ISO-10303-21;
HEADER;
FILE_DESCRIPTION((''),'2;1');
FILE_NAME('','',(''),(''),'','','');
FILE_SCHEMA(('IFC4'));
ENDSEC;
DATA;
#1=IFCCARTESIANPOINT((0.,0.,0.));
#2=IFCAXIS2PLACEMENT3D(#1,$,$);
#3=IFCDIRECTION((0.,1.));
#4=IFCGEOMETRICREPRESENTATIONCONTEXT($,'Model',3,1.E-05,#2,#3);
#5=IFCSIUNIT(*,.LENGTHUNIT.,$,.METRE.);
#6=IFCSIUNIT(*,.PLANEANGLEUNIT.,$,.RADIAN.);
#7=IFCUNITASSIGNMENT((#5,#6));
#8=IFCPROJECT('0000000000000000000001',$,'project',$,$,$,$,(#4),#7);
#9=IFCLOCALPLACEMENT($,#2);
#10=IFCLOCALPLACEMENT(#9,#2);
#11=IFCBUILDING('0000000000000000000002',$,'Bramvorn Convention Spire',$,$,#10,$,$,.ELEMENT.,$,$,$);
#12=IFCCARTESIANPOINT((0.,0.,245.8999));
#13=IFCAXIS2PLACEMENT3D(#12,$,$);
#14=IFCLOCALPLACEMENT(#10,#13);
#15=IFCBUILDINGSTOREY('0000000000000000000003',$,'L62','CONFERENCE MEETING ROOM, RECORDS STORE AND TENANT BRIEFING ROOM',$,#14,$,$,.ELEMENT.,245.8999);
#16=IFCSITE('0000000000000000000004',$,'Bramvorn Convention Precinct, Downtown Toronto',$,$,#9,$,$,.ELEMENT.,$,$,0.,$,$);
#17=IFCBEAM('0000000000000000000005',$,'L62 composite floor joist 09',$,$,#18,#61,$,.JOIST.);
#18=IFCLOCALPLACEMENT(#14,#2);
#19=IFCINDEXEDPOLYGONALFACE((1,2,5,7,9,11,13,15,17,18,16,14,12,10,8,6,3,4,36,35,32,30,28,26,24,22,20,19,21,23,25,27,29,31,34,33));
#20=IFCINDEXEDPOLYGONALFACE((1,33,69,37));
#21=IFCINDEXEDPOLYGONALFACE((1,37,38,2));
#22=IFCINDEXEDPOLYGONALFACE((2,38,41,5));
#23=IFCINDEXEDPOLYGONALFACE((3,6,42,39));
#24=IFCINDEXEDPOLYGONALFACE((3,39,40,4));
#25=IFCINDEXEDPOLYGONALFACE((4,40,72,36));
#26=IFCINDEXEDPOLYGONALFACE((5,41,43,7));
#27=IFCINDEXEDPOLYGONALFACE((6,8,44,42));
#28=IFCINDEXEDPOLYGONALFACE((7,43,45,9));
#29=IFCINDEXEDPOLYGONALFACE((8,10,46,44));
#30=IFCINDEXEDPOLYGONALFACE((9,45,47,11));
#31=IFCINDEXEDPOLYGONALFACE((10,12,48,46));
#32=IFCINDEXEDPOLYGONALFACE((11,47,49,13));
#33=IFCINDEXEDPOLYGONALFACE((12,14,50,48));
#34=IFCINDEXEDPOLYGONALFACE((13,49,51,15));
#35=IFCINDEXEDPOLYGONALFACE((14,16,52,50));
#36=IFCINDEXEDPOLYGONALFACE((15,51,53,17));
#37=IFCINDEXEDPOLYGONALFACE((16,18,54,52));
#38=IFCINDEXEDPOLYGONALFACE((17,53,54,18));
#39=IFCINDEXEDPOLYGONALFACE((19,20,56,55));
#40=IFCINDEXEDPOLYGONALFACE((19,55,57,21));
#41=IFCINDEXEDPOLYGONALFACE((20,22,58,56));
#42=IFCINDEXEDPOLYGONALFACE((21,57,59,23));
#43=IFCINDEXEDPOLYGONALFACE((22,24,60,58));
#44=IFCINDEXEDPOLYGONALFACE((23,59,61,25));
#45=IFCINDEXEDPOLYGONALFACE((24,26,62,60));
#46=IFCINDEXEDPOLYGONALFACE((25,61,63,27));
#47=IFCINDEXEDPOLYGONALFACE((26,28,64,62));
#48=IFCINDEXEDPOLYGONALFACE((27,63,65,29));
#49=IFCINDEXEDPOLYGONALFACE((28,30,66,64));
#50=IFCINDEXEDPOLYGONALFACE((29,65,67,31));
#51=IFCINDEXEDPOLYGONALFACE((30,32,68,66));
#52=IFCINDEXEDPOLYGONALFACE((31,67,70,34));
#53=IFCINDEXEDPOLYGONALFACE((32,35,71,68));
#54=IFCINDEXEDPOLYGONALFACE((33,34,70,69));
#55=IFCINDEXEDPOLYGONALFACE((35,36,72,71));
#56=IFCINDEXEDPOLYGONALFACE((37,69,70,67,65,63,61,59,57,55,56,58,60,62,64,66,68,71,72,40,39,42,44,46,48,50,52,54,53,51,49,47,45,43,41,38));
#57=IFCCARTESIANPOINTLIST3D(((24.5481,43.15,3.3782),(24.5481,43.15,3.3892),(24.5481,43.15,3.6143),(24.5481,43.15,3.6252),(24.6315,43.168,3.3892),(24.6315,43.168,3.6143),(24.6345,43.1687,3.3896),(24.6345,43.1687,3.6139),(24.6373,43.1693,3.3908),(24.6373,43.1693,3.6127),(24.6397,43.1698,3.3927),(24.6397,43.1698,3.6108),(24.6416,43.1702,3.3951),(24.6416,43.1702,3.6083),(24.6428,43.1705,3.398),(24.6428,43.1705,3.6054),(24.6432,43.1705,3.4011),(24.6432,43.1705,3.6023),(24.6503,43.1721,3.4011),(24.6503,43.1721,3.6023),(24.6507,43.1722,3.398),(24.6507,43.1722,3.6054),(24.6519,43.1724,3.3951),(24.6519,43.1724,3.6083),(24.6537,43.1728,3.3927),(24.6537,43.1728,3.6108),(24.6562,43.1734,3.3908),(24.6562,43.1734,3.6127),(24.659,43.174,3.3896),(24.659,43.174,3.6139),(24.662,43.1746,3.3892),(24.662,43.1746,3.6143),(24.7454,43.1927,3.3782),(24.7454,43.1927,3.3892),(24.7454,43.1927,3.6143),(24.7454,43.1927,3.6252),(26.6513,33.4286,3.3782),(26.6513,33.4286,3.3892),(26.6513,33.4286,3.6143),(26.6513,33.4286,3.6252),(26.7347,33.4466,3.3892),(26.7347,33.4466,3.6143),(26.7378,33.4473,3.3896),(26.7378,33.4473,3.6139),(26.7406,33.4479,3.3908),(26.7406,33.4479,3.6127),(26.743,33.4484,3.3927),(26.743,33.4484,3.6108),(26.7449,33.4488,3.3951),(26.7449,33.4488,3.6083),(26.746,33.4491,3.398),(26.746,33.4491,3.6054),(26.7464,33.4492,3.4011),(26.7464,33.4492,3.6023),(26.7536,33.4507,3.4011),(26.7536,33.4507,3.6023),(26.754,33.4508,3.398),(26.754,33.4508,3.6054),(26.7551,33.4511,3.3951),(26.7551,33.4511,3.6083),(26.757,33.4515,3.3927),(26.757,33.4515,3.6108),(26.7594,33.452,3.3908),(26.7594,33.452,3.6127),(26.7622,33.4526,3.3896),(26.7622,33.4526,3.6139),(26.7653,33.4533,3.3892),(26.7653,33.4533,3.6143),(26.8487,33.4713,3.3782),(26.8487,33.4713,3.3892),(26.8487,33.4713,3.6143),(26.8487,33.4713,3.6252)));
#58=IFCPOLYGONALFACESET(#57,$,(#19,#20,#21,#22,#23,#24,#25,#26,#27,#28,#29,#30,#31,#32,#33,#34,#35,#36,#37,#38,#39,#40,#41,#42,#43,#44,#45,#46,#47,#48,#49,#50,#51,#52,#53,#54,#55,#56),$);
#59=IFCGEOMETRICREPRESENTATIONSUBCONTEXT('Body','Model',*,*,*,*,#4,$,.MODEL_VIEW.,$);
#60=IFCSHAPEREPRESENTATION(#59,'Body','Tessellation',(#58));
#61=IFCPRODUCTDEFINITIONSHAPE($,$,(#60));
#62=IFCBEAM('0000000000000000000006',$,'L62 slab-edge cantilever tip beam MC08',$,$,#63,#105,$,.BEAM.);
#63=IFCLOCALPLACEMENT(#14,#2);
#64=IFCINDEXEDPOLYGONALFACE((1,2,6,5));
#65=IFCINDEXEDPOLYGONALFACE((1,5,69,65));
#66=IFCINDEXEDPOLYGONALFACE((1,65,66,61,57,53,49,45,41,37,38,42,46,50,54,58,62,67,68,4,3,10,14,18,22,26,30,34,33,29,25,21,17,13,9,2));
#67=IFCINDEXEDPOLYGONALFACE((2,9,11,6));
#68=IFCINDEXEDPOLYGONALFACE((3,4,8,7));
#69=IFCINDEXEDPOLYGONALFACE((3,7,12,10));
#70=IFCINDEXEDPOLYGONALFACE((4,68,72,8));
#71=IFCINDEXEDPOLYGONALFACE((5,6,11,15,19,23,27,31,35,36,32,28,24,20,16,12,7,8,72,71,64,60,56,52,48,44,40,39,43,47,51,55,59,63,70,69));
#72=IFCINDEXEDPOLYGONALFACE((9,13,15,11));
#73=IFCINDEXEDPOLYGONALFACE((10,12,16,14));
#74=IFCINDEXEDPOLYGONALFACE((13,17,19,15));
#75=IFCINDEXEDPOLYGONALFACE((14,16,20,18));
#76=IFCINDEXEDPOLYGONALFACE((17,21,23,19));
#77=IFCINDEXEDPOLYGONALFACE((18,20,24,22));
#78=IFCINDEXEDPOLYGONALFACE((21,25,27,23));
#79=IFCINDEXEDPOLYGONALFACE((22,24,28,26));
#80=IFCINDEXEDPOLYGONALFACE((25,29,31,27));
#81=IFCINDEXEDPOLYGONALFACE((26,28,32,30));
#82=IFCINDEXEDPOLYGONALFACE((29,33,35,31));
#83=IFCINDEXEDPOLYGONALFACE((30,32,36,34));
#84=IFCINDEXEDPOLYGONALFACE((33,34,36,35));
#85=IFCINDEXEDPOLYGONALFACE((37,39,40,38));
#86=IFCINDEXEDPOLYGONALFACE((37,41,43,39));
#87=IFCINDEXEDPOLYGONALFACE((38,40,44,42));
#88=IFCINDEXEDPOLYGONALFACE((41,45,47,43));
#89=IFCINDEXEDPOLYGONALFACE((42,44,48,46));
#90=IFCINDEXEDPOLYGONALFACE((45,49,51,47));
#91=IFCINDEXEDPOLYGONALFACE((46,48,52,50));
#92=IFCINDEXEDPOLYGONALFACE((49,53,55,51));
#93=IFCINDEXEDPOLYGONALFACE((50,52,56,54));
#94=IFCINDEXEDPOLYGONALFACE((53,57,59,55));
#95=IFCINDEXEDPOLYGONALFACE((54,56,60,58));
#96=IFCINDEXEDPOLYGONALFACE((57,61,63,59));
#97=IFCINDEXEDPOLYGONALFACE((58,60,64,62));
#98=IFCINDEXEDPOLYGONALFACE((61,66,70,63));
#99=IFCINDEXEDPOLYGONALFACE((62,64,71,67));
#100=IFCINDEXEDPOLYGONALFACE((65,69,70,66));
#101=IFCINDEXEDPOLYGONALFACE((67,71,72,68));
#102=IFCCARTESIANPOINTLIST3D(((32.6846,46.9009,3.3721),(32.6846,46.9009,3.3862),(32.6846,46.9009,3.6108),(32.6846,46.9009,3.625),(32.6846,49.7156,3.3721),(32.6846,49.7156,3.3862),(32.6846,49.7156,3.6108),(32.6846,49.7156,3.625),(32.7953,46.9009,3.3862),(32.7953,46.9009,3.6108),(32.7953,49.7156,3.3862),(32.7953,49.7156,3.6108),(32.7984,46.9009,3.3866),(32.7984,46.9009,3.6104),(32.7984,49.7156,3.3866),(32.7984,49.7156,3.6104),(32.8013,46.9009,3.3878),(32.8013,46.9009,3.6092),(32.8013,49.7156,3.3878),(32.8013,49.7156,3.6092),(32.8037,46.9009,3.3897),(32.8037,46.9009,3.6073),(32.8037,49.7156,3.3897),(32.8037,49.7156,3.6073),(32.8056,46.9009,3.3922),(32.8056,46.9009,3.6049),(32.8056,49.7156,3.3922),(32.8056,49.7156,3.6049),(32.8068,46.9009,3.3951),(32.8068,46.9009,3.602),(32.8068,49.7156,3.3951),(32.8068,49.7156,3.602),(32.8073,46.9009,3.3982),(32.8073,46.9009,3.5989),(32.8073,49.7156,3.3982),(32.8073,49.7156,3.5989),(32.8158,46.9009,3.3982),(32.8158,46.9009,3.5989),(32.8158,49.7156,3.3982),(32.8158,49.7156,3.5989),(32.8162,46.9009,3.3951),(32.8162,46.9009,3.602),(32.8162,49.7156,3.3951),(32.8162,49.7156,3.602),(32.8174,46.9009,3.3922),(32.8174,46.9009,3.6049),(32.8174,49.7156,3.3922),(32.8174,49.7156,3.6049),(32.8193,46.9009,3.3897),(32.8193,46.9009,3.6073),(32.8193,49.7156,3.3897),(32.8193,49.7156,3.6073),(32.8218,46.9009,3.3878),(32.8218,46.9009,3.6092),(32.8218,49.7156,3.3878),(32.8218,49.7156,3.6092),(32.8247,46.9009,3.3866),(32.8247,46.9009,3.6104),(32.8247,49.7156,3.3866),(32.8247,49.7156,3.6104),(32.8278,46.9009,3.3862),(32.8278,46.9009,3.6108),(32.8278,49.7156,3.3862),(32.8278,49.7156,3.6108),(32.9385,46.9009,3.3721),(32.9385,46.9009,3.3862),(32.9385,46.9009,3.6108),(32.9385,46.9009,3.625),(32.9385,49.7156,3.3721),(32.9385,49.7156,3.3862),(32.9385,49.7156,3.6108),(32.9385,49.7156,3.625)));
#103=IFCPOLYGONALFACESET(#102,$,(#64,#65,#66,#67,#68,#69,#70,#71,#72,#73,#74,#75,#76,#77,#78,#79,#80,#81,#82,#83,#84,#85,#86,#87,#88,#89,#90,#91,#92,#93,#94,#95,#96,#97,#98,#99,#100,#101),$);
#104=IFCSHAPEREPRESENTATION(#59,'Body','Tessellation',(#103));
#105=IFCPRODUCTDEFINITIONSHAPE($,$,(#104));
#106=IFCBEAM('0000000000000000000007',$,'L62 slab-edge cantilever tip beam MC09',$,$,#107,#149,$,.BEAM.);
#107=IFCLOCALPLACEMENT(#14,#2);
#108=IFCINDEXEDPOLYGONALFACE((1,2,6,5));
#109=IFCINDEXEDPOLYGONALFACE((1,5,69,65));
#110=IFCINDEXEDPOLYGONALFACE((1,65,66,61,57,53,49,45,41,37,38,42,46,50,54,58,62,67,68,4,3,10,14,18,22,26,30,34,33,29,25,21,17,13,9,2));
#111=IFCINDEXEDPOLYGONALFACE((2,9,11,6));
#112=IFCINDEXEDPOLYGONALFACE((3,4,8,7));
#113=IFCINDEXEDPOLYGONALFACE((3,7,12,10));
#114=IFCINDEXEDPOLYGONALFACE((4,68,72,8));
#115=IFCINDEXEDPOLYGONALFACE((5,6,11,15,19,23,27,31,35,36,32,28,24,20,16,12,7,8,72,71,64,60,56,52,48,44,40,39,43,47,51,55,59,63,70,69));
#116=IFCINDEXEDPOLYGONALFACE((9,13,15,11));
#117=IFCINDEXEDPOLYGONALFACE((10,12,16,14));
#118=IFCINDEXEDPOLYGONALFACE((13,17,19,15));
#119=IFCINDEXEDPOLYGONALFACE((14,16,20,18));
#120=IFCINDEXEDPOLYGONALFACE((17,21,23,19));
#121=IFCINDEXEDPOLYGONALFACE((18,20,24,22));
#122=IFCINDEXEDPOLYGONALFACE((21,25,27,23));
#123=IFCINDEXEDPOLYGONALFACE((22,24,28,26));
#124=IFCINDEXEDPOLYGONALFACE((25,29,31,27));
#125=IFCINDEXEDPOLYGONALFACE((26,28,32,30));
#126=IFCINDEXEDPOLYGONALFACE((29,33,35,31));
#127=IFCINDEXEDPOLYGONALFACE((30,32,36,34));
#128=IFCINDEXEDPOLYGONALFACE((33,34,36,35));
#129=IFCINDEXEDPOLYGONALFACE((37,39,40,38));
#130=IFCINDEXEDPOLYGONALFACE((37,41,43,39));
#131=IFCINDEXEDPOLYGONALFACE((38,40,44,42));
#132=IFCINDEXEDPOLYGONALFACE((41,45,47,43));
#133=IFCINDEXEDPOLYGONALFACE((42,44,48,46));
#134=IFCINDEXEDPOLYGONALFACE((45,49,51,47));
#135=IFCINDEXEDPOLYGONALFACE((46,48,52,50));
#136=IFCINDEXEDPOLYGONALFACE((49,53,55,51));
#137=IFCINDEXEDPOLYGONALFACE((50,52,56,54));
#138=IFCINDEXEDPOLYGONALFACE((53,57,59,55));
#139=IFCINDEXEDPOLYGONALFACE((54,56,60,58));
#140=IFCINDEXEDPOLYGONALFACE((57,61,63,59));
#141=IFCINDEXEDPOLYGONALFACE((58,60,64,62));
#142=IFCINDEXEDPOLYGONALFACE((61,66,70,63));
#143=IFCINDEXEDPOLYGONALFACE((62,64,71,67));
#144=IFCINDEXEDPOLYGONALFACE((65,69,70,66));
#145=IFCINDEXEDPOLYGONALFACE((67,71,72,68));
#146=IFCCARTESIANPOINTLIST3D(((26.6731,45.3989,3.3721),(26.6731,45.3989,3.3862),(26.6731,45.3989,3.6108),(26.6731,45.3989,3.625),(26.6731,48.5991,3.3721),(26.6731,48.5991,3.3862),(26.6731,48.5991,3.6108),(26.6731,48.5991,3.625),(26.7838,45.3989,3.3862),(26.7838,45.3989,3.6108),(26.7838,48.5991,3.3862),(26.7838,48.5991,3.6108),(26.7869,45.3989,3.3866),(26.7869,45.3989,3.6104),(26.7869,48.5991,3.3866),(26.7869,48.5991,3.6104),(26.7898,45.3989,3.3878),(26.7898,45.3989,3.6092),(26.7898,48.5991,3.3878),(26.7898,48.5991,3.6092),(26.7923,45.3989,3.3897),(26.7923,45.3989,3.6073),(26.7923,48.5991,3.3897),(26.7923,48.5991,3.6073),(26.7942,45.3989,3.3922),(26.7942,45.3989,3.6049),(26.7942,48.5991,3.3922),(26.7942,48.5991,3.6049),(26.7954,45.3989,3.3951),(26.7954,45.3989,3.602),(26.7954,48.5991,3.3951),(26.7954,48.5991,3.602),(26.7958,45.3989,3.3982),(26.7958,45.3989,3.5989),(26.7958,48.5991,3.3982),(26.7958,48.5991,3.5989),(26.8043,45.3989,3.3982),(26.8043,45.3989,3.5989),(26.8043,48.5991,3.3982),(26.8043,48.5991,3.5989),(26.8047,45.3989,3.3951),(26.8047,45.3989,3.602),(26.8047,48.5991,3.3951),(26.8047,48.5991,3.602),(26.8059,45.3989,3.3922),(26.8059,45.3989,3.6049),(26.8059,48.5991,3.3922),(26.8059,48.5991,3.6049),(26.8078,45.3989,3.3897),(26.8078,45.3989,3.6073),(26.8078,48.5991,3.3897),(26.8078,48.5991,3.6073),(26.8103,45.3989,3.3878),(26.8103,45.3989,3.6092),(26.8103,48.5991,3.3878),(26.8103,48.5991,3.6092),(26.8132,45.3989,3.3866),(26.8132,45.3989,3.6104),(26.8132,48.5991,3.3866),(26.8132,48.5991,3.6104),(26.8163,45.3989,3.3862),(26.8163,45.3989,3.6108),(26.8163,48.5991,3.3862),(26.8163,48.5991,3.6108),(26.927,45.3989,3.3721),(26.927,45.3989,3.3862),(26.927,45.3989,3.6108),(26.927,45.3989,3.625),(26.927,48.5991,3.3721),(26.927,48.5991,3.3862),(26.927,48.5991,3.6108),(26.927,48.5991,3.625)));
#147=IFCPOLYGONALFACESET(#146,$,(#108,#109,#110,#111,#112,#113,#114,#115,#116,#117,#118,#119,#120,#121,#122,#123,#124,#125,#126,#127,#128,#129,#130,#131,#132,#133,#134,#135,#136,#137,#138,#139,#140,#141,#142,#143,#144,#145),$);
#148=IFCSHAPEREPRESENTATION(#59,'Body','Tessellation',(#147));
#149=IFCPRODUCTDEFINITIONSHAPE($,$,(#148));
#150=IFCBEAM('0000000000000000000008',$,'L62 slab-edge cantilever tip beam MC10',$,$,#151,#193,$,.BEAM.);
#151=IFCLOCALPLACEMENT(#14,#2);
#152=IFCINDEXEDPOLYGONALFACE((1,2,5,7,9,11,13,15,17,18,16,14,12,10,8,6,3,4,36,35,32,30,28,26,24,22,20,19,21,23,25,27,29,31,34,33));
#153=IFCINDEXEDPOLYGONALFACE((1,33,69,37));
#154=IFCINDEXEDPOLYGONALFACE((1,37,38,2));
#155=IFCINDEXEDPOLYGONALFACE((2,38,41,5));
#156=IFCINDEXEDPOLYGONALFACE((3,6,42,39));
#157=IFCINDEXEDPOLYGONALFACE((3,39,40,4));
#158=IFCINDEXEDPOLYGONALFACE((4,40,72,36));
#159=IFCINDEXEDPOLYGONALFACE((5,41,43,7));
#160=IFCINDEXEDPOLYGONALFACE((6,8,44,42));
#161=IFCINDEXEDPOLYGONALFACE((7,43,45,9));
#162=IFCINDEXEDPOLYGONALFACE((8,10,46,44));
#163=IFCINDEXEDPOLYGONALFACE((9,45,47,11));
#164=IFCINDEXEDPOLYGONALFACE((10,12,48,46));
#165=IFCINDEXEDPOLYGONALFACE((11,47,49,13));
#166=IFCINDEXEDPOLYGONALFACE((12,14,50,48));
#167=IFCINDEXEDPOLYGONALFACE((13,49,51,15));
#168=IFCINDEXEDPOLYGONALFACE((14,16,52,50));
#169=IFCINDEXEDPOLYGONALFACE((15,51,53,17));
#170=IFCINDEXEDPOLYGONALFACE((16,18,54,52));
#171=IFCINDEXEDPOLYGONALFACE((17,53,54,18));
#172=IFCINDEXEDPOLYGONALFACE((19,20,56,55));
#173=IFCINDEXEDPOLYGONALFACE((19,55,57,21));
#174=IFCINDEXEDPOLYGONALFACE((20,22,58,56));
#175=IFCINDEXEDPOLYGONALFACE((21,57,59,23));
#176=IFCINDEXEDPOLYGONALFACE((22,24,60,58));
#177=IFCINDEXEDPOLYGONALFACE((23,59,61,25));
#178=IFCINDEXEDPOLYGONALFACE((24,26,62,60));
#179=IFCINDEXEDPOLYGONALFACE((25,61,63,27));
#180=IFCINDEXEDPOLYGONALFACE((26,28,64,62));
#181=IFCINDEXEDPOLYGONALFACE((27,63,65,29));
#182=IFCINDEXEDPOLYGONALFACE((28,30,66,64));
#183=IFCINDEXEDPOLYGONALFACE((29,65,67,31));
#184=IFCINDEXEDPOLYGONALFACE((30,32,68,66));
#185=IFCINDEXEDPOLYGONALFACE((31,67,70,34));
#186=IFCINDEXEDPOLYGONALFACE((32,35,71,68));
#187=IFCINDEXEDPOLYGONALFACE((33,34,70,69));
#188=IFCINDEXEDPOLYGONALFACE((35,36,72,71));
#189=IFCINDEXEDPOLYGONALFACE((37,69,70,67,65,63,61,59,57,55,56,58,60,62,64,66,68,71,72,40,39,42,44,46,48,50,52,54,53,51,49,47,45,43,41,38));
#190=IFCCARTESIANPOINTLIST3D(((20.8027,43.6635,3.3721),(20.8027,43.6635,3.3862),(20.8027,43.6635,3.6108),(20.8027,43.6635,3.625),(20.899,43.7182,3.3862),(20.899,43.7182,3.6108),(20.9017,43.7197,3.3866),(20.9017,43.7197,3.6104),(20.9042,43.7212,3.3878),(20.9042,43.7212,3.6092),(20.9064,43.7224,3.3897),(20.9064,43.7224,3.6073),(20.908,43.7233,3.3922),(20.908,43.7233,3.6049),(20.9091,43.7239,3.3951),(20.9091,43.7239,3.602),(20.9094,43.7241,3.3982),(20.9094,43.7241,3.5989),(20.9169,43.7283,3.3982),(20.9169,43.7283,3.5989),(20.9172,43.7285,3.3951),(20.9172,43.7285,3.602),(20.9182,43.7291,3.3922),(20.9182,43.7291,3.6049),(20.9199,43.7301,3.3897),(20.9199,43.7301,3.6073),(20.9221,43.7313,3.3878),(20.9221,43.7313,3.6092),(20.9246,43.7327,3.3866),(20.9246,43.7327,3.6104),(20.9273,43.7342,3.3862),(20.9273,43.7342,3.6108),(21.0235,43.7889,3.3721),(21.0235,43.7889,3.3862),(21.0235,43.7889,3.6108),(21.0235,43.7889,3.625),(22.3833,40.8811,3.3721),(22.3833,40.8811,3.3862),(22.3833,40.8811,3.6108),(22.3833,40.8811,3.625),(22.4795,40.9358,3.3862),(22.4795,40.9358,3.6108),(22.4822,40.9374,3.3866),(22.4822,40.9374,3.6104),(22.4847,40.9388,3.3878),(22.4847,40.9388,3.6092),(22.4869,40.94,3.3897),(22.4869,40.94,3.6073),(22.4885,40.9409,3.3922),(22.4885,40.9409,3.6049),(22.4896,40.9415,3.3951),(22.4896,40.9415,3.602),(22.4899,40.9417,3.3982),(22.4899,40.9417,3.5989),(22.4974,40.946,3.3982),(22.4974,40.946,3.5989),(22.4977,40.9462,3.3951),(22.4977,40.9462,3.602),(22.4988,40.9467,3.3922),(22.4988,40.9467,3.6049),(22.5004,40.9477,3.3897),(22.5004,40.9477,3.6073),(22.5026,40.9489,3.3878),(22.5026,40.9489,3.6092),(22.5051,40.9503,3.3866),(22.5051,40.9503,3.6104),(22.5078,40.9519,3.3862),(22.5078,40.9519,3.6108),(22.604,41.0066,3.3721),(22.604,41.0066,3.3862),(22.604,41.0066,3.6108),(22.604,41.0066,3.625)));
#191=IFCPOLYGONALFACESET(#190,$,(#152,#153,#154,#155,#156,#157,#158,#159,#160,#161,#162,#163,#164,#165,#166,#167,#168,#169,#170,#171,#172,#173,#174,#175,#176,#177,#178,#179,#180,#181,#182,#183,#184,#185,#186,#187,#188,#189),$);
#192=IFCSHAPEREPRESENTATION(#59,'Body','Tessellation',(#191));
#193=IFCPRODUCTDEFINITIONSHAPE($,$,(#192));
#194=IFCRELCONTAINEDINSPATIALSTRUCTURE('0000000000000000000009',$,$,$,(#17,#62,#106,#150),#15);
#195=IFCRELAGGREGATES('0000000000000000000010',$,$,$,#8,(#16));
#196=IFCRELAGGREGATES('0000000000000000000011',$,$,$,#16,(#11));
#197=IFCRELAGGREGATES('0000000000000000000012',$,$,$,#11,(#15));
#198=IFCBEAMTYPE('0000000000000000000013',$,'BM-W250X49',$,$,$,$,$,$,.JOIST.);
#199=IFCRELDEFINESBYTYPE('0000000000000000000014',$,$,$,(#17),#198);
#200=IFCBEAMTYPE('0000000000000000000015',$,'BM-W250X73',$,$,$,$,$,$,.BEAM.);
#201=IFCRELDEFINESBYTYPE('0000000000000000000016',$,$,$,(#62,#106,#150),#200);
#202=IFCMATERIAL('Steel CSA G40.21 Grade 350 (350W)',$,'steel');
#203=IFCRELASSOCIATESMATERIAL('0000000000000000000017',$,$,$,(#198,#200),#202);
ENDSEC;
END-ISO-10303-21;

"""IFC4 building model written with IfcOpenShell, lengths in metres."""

from ifc_helpers import new_model, si_unit, direction, frame, origin, origin_2d, place, context, subcontext, project, spatial, i_section, extrude, material, material_profile, profile_set, type_object, element, save


model = new_model("IFC4")

# Units and contexts
model_context = context("Model", 3, precision=1e-05, world=origin(), true_north=direction((0.0, 1.0)))
body_context = subcontext(model_context, "Body", "Model", "MODEL_VIEW")
ifc_project = project(units=[si_unit("LENGTHUNIT", "METRE"), si_unit("PLANEANGLEUNIT", "RADIAN")], contexts=[model_context])

# Site, building, storey
site_placement = place(None, origin())
site = spatial("IfcSite", under=ifc_project, at=site_placement, Name="Bramvorn Convention Precinct, Downtown Toronto", CompositionType="ELEMENT", RefElevation=0.0)
building_placement = place(site_placement, origin())
building = spatial("IfcBuilding", under=site, at=building_placement, Name="Bramvorn Convention Spire", CompositionType="ELEMENT")
storey_placement = place(building_placement, frame((0.0, 0.0, 245.8999)))
storey = spatial("IfcBuildingStorey", under=building, at=storey_placement, Name="L62", Description="CONFERENCE MEETING ROOM, RECORDS STORE AND TENANT BRIEFING ROOM", CompositionType="ELEMENT", Elevation=245.8999)

# Shared definitions
ifc_material_1 = material(Name="Steel CSA G40.21 Grade 350 (350W)", Category="steel")

# Beams
ifc_material_profile_1 = material_profile(ifc_material_1, i_section(OverallWidth=0.2019, OverallDepth=0.2471, WebThickness=0.0073, FlangeThickness=0.011, FilletRadius=0.012, at=origin_2d()))
ifc_profile_set_1 = profile_set([ifc_material_profile_1], Name="Steel CSA G40.21 Grade 350 (350W) - W250X49")
beam_type_1 = type_object("IfcBeamType", Name="BM-W250X49", PredefinedType="JOIST", material=ifc_profile_set_1)
beam_1_placement = place(storey_placement, frame((26.75, 33.45, 3.5017), z_axis=(-0.211461, 0.977386, 0.0), x_axis=(-0.977386, -0.211461, 0.0)))
element("IfcBeam", 1, at=beam_1_placement, inside=storey, type_object=beam_type_1, Name="L62 composite floor joist 09", PredefinedType="JOIST", context=body_context, shape_type="SweptSolid", body=[
    extrude(i_section(OverallWidth=0.2019, OverallDepth=0.2471, WebThickness=0.0073, FlangeThickness=0.011, FilletRadius=0.012, at=origin_2d()), origin(), (0.0, 0.0, 1.0), 9.9463),
])
ifc_material_profile_2 = material_profile(ifc_material_1, i_section(OverallWidth=0.2539, OverallDepth=0.2529, WebThickness=0.0085, FlangeThickness=0.0142, FilletRadius=0.012, at=origin_2d()))
ifc_profile_set_2 = profile_set([ifc_material_profile_2], Name="Steel CSA G40.21 Grade 350 (350W) - W250X73")
beam_type_2 = type_object("IfcBeamType", Name="BM-W250X73", PredefinedType="BEAM", material=ifc_profile_set_2)
beam_2_placement = place(storey_placement, frame((32.8115, 46.9009, 3.4985), z_axis=(0.0, 1.0, 0.0), x_axis=(-1.0, 0.0, 0.0)))
element("IfcBeam", 2, at=beam_2_placement, inside=storey, type_object=beam_type_2, Name="L62 slab-edge cantilever tip beam MC08", PredefinedType="BEAM", context=body_context, shape_type="SweptSolid", body=[
    extrude(i_section(OverallWidth=0.2539, OverallDepth=0.2529, WebThickness=0.0085, FlangeThickness=0.0142, FilletRadius=0.012, at=origin_2d()), origin(), (0.0, 0.0, 1.0), 2.8147),
])
beam_3_placement = place(storey_placement, frame((26.8, 45.3989, 3.4985), z_axis=(0.0, 1.0, 0.0), x_axis=(-1.0, 0.0, 0.0)))
element("IfcBeam", 3, at=beam_3_placement, inside=storey, type_object=beam_type_2, Name="L62 slab-edge cantilever tip beam MC09", PredefinedType="BEAM", context=body_context, shape_type="SweptSolid", body=[
    extrude(i_section(OverallWidth=0.2539, OverallDepth=0.2529, WebThickness=0.0085, FlangeThickness=0.0142, FilletRadius=0.012, at=origin_2d()), origin(), (0.0, 0.0, 1.0), 3.2002),
])
beam_4_placement = place(storey_placement, frame((22.4937, 40.9438, 3.4985), z_axis=(-0.493919, 0.869508, 0.0), x_axis=(-0.869508, -0.493919, 0.0)))
element("IfcBeam", 4, at=beam_4_placement, inside=storey, type_object=beam_type_2, Name="L62 slab-edge cantilever tip beam MC10", PredefinedType="BEAM", context=body_context, shape_type="SweptSolid", body=[
    extrude(i_section(OverallWidth=0.2539, OverallDepth=0.2529, WebThickness=0.0085, FlangeThickness=0.0142, FilletRadius=0.012, at=origin_2d()), origin(), (0.0, 0.0, 1.0), 3.2),
])

save(model, "model.ifc")
